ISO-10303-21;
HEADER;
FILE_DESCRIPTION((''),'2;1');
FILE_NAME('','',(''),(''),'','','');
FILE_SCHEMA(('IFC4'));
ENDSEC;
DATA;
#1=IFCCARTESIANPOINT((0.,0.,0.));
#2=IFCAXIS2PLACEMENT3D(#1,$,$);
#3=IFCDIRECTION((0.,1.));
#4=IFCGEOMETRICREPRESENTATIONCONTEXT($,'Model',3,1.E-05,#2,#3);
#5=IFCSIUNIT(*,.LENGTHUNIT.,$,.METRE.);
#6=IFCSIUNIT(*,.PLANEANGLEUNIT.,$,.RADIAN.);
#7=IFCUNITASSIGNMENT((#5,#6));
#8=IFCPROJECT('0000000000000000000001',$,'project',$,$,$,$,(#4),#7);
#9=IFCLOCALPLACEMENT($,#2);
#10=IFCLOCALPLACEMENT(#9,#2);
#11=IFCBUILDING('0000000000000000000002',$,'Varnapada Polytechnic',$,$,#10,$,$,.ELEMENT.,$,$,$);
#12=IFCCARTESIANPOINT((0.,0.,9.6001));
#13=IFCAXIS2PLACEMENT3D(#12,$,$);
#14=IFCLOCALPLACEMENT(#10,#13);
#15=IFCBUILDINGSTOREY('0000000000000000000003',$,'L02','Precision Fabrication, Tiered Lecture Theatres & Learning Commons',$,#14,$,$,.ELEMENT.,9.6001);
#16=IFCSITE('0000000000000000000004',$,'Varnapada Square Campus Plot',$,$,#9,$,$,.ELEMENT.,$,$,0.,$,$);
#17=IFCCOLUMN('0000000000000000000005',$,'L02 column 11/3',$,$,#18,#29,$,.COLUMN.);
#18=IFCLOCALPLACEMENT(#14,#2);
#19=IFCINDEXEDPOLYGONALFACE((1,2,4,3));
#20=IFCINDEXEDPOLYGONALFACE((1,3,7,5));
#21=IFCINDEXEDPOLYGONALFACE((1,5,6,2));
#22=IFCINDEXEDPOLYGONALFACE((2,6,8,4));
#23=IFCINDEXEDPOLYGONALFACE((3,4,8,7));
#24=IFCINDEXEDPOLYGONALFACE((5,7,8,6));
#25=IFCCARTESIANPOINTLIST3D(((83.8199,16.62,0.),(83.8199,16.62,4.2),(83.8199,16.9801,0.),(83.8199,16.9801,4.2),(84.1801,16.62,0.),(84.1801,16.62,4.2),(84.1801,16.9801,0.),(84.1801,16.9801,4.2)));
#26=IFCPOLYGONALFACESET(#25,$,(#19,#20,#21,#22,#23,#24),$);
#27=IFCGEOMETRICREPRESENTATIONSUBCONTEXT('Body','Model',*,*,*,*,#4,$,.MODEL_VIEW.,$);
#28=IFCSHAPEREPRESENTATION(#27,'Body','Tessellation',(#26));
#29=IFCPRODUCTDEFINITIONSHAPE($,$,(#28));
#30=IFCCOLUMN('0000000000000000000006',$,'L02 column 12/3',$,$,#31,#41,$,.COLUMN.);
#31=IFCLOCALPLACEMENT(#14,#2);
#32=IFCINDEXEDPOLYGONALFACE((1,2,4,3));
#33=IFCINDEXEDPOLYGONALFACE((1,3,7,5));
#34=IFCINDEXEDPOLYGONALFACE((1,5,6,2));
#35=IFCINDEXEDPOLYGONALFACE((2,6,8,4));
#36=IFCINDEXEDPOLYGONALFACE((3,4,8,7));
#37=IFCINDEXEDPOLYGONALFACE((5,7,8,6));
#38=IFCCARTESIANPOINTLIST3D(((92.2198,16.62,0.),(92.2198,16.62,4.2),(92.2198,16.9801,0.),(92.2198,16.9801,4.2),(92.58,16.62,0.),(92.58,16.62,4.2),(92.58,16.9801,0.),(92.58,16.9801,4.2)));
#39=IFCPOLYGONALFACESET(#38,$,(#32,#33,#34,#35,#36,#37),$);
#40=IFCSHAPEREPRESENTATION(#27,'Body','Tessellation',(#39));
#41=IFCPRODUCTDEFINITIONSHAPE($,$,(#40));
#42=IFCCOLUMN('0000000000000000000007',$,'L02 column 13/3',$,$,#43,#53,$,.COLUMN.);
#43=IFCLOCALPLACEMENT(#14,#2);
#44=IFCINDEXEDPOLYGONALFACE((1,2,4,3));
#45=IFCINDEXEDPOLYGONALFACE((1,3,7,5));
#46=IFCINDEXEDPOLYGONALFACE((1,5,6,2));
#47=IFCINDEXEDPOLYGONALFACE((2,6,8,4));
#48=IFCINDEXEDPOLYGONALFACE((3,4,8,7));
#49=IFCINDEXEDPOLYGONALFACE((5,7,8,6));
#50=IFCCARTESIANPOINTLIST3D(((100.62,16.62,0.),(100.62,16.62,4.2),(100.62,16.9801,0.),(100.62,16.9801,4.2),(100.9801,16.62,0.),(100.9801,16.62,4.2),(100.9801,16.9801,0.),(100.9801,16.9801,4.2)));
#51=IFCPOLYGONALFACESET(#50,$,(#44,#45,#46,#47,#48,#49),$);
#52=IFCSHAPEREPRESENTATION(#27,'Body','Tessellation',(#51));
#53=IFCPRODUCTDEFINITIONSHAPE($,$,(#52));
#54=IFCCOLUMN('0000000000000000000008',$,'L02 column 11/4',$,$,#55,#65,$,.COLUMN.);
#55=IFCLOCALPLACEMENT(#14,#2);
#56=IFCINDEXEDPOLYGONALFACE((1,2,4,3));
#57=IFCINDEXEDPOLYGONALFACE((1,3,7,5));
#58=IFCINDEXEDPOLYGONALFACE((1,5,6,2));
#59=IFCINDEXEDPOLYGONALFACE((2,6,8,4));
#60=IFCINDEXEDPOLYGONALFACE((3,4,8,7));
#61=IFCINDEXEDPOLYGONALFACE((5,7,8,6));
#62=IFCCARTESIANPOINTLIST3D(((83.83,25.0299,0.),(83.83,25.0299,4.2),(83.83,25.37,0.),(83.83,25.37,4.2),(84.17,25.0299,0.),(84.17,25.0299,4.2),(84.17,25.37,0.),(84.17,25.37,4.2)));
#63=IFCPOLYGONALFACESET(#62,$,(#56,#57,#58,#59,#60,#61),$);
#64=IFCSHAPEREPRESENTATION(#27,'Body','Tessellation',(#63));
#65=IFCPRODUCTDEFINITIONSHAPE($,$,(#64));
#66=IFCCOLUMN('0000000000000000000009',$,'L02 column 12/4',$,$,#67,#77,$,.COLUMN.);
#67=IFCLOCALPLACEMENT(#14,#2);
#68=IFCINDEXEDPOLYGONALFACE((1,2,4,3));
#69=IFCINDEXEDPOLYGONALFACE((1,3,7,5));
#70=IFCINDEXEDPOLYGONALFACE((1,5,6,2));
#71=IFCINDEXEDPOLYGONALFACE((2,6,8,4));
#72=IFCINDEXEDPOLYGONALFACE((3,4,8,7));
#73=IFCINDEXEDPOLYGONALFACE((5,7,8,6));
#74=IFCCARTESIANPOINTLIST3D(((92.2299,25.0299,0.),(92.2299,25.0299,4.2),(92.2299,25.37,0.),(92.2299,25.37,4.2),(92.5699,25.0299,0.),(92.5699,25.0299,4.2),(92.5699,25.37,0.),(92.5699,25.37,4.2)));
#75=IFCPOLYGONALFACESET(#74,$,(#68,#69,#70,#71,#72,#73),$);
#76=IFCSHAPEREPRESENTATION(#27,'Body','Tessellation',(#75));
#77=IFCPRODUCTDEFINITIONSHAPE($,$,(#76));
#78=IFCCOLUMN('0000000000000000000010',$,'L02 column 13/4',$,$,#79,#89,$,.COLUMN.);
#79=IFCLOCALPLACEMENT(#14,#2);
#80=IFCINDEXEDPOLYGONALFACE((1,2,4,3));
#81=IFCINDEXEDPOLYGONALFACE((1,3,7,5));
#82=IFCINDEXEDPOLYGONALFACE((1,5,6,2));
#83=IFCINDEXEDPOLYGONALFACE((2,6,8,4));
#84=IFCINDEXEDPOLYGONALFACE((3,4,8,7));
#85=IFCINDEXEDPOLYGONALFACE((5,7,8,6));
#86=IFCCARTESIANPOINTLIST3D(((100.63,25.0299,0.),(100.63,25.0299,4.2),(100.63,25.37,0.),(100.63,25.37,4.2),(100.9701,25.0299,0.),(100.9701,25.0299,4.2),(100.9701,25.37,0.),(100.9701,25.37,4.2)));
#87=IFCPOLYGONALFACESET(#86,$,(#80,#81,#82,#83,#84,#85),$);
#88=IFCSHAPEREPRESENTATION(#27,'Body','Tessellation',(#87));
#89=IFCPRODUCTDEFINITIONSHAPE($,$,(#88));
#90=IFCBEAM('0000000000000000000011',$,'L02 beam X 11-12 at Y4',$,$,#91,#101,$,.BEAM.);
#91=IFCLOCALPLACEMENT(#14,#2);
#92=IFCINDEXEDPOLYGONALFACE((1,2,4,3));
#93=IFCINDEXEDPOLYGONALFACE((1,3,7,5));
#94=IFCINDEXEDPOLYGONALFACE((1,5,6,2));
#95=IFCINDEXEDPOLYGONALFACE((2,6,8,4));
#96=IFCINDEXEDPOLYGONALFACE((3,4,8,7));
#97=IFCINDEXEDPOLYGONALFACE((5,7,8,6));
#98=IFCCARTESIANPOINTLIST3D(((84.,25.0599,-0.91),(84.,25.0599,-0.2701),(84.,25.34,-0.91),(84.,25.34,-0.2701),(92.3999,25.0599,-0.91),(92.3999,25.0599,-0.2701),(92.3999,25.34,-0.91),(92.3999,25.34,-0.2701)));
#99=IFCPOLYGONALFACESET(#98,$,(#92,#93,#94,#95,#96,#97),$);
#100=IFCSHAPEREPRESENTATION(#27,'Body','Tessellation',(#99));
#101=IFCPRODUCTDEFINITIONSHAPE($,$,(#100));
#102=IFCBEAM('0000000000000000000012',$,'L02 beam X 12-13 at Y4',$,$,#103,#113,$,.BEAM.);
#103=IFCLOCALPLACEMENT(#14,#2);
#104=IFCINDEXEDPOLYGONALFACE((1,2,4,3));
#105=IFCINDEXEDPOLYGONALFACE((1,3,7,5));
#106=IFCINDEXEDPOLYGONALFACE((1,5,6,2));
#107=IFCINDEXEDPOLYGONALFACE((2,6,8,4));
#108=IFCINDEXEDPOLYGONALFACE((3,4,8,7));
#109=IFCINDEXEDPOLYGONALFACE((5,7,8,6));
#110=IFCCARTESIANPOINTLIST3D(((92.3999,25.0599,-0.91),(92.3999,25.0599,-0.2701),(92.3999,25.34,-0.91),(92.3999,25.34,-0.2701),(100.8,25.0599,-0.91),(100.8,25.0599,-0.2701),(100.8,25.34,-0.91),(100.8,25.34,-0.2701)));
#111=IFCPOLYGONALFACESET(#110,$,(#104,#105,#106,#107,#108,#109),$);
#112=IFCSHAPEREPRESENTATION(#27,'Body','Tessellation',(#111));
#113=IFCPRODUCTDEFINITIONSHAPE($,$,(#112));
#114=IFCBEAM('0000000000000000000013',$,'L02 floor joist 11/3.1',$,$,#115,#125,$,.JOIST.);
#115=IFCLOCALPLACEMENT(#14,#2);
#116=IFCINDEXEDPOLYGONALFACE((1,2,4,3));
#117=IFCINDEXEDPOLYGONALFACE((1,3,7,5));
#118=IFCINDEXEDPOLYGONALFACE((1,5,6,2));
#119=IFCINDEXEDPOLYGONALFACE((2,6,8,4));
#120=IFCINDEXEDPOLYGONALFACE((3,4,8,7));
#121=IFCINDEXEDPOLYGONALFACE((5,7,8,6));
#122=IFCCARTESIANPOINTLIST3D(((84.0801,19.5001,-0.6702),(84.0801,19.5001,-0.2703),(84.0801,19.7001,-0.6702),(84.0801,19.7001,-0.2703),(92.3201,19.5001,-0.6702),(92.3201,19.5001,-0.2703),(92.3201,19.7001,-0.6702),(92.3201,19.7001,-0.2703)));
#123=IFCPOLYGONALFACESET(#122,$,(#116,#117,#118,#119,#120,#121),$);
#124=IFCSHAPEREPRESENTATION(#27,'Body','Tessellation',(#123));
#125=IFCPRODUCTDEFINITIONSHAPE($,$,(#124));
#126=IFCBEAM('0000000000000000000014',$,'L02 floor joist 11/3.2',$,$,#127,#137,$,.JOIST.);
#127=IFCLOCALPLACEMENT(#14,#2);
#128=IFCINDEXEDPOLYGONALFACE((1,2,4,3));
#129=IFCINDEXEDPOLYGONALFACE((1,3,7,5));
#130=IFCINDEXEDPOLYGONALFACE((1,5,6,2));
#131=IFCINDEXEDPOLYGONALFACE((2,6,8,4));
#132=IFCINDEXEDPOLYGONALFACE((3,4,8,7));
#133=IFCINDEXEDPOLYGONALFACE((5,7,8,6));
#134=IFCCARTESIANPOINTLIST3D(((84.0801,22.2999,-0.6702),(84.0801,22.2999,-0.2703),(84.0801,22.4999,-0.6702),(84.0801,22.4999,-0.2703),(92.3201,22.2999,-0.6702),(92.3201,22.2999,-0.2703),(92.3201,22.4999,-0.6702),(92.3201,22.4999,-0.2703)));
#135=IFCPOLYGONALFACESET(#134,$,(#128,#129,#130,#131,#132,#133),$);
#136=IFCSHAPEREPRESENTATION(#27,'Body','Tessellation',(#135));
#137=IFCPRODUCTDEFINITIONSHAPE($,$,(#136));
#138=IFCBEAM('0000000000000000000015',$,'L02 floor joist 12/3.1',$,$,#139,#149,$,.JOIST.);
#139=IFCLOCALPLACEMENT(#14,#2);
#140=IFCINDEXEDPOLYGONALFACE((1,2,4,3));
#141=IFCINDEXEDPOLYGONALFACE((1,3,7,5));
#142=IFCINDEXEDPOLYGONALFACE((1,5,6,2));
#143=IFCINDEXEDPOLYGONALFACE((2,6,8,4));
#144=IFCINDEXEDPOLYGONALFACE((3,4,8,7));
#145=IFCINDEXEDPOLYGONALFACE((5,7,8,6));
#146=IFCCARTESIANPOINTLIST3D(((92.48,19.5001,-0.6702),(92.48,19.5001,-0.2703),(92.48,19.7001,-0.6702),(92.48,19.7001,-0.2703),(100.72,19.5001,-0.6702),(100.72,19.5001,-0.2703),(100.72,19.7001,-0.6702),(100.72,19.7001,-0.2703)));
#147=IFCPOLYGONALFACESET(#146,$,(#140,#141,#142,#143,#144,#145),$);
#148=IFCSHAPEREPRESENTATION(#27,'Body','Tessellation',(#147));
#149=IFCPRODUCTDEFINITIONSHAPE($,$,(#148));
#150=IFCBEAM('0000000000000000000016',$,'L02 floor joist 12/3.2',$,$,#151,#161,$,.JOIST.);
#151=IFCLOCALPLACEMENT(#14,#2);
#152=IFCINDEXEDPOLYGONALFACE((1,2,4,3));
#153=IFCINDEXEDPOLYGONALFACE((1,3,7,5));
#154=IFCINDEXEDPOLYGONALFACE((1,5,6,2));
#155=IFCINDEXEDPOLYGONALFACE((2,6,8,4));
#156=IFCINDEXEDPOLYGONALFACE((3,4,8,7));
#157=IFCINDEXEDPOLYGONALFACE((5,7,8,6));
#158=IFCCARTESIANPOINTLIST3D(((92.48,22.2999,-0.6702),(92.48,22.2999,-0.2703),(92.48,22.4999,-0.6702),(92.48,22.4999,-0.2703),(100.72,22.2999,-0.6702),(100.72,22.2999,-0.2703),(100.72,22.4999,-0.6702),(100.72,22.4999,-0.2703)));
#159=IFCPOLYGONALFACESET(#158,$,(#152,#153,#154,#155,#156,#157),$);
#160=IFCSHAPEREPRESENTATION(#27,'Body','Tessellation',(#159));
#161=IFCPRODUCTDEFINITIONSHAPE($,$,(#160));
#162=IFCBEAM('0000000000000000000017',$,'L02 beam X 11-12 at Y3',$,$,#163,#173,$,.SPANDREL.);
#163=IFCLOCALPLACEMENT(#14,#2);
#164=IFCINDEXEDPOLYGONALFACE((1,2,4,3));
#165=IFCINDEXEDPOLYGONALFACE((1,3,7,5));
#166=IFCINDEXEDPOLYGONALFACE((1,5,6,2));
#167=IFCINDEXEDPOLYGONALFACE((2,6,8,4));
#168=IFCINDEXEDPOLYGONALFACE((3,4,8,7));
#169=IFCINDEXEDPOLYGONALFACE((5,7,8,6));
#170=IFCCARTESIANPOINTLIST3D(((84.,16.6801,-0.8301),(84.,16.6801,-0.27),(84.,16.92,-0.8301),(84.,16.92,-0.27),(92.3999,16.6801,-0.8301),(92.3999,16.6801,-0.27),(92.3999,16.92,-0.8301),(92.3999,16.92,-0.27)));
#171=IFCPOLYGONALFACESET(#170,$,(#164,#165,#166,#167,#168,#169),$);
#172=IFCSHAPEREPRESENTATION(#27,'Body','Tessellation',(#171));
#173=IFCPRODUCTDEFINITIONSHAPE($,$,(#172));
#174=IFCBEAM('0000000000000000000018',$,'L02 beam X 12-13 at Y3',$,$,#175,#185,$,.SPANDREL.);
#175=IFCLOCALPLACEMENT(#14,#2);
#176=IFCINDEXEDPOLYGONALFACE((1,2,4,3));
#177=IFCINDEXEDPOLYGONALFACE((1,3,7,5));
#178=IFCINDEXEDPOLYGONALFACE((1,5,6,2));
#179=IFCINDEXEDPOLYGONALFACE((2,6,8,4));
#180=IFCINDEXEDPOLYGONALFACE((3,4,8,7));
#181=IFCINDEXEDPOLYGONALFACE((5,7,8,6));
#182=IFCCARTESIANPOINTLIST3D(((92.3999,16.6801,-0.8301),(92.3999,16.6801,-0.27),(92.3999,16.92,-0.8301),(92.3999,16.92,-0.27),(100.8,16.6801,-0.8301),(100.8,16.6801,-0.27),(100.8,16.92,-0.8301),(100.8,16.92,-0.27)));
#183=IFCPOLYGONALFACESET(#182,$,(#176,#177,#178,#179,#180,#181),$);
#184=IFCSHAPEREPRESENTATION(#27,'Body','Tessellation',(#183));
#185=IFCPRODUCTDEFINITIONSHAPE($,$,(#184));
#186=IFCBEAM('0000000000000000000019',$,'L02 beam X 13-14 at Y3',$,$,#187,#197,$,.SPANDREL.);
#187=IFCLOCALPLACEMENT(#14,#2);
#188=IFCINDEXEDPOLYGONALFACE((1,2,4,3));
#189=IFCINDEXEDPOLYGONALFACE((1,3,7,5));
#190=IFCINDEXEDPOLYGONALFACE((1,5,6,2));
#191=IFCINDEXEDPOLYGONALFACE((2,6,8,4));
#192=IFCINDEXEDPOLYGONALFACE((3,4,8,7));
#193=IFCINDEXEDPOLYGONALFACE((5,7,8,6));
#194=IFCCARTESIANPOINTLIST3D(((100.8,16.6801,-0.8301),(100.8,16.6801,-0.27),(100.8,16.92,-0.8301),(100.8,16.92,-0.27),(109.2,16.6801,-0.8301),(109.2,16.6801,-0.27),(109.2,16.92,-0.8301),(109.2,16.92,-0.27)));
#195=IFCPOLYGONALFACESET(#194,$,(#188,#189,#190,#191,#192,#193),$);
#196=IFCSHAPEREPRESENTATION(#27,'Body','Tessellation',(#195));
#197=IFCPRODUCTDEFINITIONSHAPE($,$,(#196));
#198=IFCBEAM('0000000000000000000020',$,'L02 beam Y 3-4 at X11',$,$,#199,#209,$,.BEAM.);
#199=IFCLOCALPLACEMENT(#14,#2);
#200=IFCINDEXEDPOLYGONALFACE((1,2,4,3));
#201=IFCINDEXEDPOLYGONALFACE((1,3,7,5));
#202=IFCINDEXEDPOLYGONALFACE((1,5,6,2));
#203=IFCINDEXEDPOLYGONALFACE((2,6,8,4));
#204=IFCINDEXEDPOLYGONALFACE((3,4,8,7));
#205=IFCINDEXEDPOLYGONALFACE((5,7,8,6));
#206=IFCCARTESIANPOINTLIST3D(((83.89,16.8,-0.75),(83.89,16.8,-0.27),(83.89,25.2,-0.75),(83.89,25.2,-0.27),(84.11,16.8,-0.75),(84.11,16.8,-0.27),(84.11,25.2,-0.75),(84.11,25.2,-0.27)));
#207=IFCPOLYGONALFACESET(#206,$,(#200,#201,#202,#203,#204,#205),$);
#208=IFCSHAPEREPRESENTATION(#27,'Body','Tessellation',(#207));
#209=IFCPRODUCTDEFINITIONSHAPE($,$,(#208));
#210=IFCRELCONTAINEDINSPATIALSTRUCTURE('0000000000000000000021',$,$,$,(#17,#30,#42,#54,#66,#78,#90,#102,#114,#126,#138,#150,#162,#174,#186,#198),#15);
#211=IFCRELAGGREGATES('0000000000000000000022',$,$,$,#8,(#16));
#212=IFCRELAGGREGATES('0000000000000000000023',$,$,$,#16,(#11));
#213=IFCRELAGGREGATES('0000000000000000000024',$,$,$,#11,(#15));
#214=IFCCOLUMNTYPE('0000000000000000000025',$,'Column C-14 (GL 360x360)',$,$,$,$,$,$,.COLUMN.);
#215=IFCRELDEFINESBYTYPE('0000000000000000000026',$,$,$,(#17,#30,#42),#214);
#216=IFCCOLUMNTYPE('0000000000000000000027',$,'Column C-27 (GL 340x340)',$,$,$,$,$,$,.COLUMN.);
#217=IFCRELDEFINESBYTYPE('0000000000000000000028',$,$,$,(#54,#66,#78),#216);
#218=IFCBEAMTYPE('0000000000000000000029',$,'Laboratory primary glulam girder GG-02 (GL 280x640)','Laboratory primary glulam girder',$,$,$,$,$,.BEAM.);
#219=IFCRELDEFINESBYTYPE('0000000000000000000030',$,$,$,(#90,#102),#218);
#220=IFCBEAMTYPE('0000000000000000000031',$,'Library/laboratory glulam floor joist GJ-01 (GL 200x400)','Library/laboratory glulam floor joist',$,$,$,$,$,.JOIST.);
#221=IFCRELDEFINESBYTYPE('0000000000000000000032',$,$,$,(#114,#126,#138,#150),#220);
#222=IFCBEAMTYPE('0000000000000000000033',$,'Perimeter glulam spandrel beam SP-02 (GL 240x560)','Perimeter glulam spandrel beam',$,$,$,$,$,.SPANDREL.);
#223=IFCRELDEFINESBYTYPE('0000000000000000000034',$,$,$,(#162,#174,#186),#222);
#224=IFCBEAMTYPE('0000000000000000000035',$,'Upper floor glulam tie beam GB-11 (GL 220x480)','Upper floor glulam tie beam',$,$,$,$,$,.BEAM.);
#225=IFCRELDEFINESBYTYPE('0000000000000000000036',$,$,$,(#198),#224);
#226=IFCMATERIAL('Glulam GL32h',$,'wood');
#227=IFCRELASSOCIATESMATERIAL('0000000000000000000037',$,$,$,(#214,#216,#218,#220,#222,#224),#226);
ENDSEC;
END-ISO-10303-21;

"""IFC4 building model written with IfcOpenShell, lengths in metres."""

from ifc_helpers import new_model, si_unit, direction, frame, origin, origin_2d, place, context, subcontext, project, spatial, rectangle, extrude, material, material_profile, profile_set, type_object, element, save


model = new_model("IFC4")

# Units and contexts
model_context = context("Model", 3, precision=1e-05, world=origin(), true_north=direction((0.0, 1.0)))
body_context = subcontext(model_context, "Body", "Model", "MODEL_VIEW")
ifc_project = project(units=[si_unit("LENGTHUNIT", "METRE"), si_unit("PLANEANGLEUNIT", "RADIAN")], contexts=[model_context])

# Site, building, storey
site_placement = place(None, origin())
site = spatial("IfcSite", under=ifc_project, at=site_placement, Name="Varnapada Square Campus Plot", CompositionType="ELEMENT", RefElevation=0.0)
building_placement = place(site_placement, origin())
building = spatial("IfcBuilding", under=site, at=building_placement, Name="Varnapada Polytechnic", CompositionType="ELEMENT")
storey_placement = place(building_placement, frame((0.0, 0.0, 9.6001)))
storey = spatial("IfcBuildingStorey", under=building, at=storey_placement, Name="L02", Description="Precision Fabrication, Tiered Lecture Theatres & Learning Commons", CompositionType="ELEMENT", Elevation=9.6001)

# Columns
ifc_material = material(Name="Glulam GL32h", Category="wood")
ifc_material_profile_1 = material_profile(ifc_material, rectangle(XDim=0.3601, YDim=0.3601, at=origin_2d()), Name="GL 360x360")
ifc_profile_set_1 = profile_set([ifc_material_profile_1], Name="Glulam GL32h")
column_type_1 = type_object("IfcColumnType", Name="Column C-14 (GL 360x360)", PredefinedType="COLUMN", material=ifc_profile_set_1)
for number, where, z_axis, x_axis, name in (
    (1, (84.0, 16.8, 0.0), (0.0, 0.0, 1.0), (1.0, 0.0, 0.0), "L02 column 11/3"),
    (2, (92.3999, 16.8, 0.0), (0.0, 0.0, 1.0), (1.0, 0.0, 0.0), "L02 column 12/3"),
    (3, (100.8, 16.8, 0.0), (0.0, 0.0, 1.0), (1.0, 0.0, 0.0), "L02 column 13/3"),
):
    element("IfcColumn", number, at=place(storey_placement, frame(where, z_axis=z_axis, x_axis=x_axis)), inside=storey, type_object=column_type_1, Name=name, PredefinedType="COLUMN", context=body_context, shape_type="SweptSolid", body=[
        extrude(rectangle(XDim=0.3601, YDim=0.3601, at=origin_2d()), origin(), (0.0, 0.0, 1.0), 4.2),
    ])
ifc_material_profile_2 = material_profile(ifc_material, rectangle(XDim=0.3401, YDim=0.3401, at=origin_2d()), Name="GL 340x340")
ifc_profile_set_2 = profile_set([ifc_material_profile_2], Name="Glulam GL32h")
column_type_2 = type_object("IfcColumnType", Name="Column C-27 (GL 340x340)", PredefinedType="COLUMN", material=ifc_profile_set_2)
for number, where, z_axis, x_axis, name in (
    (4, (84.0, 25.2, 0.0), (0.0, 0.0, 1.0), (1.0, 0.0, 0.0), "L02 column 11/4"),
    (5, (92.3999, 25.2, 0.0), (0.0, 0.0, 1.0), (1.0, 0.0, 0.0), "L02 column 12/4"),
    (6, (100.8, 25.2, 0.0), (0.0, 0.0, 1.0), (1.0, 0.0, 0.0), "L02 column 13/4"),
):
    element("IfcColumn", number, at=place(storey_placement, frame(where, z_axis=z_axis, x_axis=x_axis)), inside=storey, type_object=column_type_2, Name=name, PredefinedType="COLUMN", context=body_context, shape_type="SweptSolid", body=[
        extrude(rectangle(XDim=0.3401, YDim=0.3401, at=origin_2d()), origin(), (0.0, 0.0, 1.0), 4.2),
    ])

# Beams
ifc_material_profile_3 = material_profile(ifc_material, rectangle(XDim=0.28, YDim=0.6399, at=origin_2d()), Name="GL 280x640")
ifc_profile_set_3 = profile_set([ifc_material_profile_3], Name="Glulam GL32h")
beam_type_1 = type_object("IfcBeamType", Name="Laboratory primary glulam girder GG-02 (GL 280x640)", Description="Laboratory primary glulam girder", PredefinedType="BEAM", material=ifc_profile_set_3)
beam_1_placement = place(storey_placement, frame((84.0, 25.2, -0.5901), z_axis=(1.0, 0.0, 0.0), x_axis=(0.0, 1.0, 0.0)))
element("IfcBeam", 7, at=beam_1_placement, inside=storey, type_object=beam_type_1, Name="L02 beam X 11-12 at Y4", PredefinedType="BEAM", context=body_context, shape_type="SweptSolid", body=[
    extrude(rectangle(XDim=0.28, YDim=0.6399, at=origin_2d()), origin(), (0.0, 0.0, 1.0), 8.3999),
])
beam_2_placement = place(storey_placement, frame((92.3999, 25.2, -0.5901), z_axis=(1.0, 0.0, 0.0), x_axis=(0.0, 1.0, 0.0)))
element("IfcBeam", 8, at=beam_2_placement, inside=storey, type_object=beam_type_1, Name="L02 beam X 12-13 at Y4", PredefinedType="BEAM", context=body_context, shape_type="SweptSolid", body=[
    extrude(rectangle(XDim=0.28, YDim=0.6399, at=origin_2d()), origin(), (0.0, 0.0, 1.0), 8.4001),
])
ifc_material_profile_4 = material_profile(ifc_material, rectangle(XDim=0.2, YDim=0.3999, at=origin_2d()), Name="GL 200x400")
ifc_profile_set_4 = profile_set([ifc_material_profile_4], Name="Glulam GL32h")
beam_type_2 = type_object("IfcBeamType", Name="Library/laboratory glulam floor joist GJ-01 (GL 200x400)", Description="Library/laboratory glulam floor joist", PredefinedType="JOIST", material=ifc_profile_set_4)
for number, where, z_axis, x_axis, name in (
    (9, (84.0801, 19.6001, -0.4702), (1.0, 0.0, 0.0), (0.0, 1.0, 0.0), "L02 floor joist 11/3.1"),
    (10, (84.0801, 22.3999, -0.4702), (1.0, 0.0, 0.0), (0.0, 1.0, 0.0), "L02 floor joist 11/3.2"),
    (11, (92.48, 19.6001, -0.4702), (1.0, 0.0, 0.0), (0.0, 1.0, 0.0), "L02 floor joist 12/3.1"),
    (12, (92.48, 22.3999, -0.4702), (1.0, 0.0, 0.0), (0.0, 1.0, 0.0), "L02 floor joist 12/3.2"),
):
    element("IfcBeam", number, at=place(storey_placement, frame(where, z_axis=z_axis, x_axis=x_axis)), inside=storey, type_object=beam_type_2, Name=name, PredefinedType="JOIST", context=body_context, shape_type="SweptSolid", body=[
        extrude(rectangle(XDim=0.2, YDim=0.3999, at=origin_2d()), origin(), (0.0, 0.0, 1.0), 8.24),
    ])
ifc_material_profile_5 = material_profile(ifc_material, rectangle(XDim=0.24, YDim=0.5601, at=origin_2d()), Name="GL 240x560")
ifc_profile_set_5 = profile_set([ifc_material_profile_5], Name="Glulam GL32h")
beam_type_3 = type_object("IfcBeamType", Name="Perimeter glulam spandrel beam SP-02 (GL 240x560)", Description="Perimeter glulam spandrel beam", PredefinedType="SPANDREL", material=ifc_profile_set_5)
beam_3_placement = place(storey_placement, frame((84.0, 16.8, -0.55), z_axis=(1.0, 0.0, 0.0), x_axis=(0.0, 1.0, 0.0)))
element("IfcBeam", 13, at=beam_3_placement, inside=storey, type_object=beam_type_3, Name="L02 beam X 11-12 at Y3", PredefinedType="SPANDREL", context=body_context, shape_type="SweptSolid", body=[
    extrude(rectangle(XDim=0.24, YDim=0.5601, at=origin_2d()), origin(), (0.0, 0.0, 1.0), 8.3999),
])
beam_4_placement = place(storey_placement, frame((92.3999, 16.8, -0.55), z_axis=(1.0, 0.0, 0.0), x_axis=(0.0, 1.0, 0.0)))
element("IfcBeam", 14, at=beam_4_placement, inside=storey, type_object=beam_type_3, Name="L02 beam X 12-13 at Y3", PredefinedType="SPANDREL", context=body_context, shape_type="SweptSolid", body=[
    extrude(rectangle(XDim=0.24, YDim=0.5601, at=origin_2d()), origin(), (0.0, 0.0, 1.0), 8.4001),
])
beam_5_placement = place(storey_placement, frame((100.8, 16.8, -0.55), z_axis=(1.0, 0.0, 0.0), x_axis=(0.0, 1.0, 0.0)))
element("IfcBeam", 15, at=beam_5_placement, inside=storey, type_object=beam_type_3, Name="L02 beam X 13-14 at Y3", PredefinedType="SPANDREL", context=body_context, shape_type="SweptSolid", body=[
    extrude(rectangle(XDim=0.24, YDim=0.5601, at=origin_2d()), origin(), (0.0, 0.0, 1.0), 8.3999),
])
ifc_material_profile_6 = material_profile(ifc_material, rectangle(XDim=0.22, YDim=0.48, at=origin_2d()), Name="GL 220x480")
ifc_profile_set_6 = profile_set([ifc_material_profile_6], Name="Glulam GL32h")
beam_type_4 = type_object("IfcBeamType", Name="Upper floor glulam tie beam GB-11 (GL 220x480)", Description="Upper floor glulam tie beam", PredefinedType="BEAM", material=ifc_profile_set_6)
beam_6_placement = place(storey_placement, frame((84.0, 16.8, -0.51), z_axis=(0.0, 1.0, 0.0), x_axis=(-1.0, 0.0, 0.0)))
element("IfcBeam", 16, at=beam_6_placement, inside=storey, type_object=beam_type_4, Name="L02 beam Y 3-4 at X11", PredefinedType="BEAM", context=body_context, shape_type="SweptSolid", body=[
    extrude(rectangle(XDim=0.22, YDim=0.48, at=origin_2d()), origin(), (0.0, 0.0, 1.0), 8.3999),
])

save(model, "model.ifc")
